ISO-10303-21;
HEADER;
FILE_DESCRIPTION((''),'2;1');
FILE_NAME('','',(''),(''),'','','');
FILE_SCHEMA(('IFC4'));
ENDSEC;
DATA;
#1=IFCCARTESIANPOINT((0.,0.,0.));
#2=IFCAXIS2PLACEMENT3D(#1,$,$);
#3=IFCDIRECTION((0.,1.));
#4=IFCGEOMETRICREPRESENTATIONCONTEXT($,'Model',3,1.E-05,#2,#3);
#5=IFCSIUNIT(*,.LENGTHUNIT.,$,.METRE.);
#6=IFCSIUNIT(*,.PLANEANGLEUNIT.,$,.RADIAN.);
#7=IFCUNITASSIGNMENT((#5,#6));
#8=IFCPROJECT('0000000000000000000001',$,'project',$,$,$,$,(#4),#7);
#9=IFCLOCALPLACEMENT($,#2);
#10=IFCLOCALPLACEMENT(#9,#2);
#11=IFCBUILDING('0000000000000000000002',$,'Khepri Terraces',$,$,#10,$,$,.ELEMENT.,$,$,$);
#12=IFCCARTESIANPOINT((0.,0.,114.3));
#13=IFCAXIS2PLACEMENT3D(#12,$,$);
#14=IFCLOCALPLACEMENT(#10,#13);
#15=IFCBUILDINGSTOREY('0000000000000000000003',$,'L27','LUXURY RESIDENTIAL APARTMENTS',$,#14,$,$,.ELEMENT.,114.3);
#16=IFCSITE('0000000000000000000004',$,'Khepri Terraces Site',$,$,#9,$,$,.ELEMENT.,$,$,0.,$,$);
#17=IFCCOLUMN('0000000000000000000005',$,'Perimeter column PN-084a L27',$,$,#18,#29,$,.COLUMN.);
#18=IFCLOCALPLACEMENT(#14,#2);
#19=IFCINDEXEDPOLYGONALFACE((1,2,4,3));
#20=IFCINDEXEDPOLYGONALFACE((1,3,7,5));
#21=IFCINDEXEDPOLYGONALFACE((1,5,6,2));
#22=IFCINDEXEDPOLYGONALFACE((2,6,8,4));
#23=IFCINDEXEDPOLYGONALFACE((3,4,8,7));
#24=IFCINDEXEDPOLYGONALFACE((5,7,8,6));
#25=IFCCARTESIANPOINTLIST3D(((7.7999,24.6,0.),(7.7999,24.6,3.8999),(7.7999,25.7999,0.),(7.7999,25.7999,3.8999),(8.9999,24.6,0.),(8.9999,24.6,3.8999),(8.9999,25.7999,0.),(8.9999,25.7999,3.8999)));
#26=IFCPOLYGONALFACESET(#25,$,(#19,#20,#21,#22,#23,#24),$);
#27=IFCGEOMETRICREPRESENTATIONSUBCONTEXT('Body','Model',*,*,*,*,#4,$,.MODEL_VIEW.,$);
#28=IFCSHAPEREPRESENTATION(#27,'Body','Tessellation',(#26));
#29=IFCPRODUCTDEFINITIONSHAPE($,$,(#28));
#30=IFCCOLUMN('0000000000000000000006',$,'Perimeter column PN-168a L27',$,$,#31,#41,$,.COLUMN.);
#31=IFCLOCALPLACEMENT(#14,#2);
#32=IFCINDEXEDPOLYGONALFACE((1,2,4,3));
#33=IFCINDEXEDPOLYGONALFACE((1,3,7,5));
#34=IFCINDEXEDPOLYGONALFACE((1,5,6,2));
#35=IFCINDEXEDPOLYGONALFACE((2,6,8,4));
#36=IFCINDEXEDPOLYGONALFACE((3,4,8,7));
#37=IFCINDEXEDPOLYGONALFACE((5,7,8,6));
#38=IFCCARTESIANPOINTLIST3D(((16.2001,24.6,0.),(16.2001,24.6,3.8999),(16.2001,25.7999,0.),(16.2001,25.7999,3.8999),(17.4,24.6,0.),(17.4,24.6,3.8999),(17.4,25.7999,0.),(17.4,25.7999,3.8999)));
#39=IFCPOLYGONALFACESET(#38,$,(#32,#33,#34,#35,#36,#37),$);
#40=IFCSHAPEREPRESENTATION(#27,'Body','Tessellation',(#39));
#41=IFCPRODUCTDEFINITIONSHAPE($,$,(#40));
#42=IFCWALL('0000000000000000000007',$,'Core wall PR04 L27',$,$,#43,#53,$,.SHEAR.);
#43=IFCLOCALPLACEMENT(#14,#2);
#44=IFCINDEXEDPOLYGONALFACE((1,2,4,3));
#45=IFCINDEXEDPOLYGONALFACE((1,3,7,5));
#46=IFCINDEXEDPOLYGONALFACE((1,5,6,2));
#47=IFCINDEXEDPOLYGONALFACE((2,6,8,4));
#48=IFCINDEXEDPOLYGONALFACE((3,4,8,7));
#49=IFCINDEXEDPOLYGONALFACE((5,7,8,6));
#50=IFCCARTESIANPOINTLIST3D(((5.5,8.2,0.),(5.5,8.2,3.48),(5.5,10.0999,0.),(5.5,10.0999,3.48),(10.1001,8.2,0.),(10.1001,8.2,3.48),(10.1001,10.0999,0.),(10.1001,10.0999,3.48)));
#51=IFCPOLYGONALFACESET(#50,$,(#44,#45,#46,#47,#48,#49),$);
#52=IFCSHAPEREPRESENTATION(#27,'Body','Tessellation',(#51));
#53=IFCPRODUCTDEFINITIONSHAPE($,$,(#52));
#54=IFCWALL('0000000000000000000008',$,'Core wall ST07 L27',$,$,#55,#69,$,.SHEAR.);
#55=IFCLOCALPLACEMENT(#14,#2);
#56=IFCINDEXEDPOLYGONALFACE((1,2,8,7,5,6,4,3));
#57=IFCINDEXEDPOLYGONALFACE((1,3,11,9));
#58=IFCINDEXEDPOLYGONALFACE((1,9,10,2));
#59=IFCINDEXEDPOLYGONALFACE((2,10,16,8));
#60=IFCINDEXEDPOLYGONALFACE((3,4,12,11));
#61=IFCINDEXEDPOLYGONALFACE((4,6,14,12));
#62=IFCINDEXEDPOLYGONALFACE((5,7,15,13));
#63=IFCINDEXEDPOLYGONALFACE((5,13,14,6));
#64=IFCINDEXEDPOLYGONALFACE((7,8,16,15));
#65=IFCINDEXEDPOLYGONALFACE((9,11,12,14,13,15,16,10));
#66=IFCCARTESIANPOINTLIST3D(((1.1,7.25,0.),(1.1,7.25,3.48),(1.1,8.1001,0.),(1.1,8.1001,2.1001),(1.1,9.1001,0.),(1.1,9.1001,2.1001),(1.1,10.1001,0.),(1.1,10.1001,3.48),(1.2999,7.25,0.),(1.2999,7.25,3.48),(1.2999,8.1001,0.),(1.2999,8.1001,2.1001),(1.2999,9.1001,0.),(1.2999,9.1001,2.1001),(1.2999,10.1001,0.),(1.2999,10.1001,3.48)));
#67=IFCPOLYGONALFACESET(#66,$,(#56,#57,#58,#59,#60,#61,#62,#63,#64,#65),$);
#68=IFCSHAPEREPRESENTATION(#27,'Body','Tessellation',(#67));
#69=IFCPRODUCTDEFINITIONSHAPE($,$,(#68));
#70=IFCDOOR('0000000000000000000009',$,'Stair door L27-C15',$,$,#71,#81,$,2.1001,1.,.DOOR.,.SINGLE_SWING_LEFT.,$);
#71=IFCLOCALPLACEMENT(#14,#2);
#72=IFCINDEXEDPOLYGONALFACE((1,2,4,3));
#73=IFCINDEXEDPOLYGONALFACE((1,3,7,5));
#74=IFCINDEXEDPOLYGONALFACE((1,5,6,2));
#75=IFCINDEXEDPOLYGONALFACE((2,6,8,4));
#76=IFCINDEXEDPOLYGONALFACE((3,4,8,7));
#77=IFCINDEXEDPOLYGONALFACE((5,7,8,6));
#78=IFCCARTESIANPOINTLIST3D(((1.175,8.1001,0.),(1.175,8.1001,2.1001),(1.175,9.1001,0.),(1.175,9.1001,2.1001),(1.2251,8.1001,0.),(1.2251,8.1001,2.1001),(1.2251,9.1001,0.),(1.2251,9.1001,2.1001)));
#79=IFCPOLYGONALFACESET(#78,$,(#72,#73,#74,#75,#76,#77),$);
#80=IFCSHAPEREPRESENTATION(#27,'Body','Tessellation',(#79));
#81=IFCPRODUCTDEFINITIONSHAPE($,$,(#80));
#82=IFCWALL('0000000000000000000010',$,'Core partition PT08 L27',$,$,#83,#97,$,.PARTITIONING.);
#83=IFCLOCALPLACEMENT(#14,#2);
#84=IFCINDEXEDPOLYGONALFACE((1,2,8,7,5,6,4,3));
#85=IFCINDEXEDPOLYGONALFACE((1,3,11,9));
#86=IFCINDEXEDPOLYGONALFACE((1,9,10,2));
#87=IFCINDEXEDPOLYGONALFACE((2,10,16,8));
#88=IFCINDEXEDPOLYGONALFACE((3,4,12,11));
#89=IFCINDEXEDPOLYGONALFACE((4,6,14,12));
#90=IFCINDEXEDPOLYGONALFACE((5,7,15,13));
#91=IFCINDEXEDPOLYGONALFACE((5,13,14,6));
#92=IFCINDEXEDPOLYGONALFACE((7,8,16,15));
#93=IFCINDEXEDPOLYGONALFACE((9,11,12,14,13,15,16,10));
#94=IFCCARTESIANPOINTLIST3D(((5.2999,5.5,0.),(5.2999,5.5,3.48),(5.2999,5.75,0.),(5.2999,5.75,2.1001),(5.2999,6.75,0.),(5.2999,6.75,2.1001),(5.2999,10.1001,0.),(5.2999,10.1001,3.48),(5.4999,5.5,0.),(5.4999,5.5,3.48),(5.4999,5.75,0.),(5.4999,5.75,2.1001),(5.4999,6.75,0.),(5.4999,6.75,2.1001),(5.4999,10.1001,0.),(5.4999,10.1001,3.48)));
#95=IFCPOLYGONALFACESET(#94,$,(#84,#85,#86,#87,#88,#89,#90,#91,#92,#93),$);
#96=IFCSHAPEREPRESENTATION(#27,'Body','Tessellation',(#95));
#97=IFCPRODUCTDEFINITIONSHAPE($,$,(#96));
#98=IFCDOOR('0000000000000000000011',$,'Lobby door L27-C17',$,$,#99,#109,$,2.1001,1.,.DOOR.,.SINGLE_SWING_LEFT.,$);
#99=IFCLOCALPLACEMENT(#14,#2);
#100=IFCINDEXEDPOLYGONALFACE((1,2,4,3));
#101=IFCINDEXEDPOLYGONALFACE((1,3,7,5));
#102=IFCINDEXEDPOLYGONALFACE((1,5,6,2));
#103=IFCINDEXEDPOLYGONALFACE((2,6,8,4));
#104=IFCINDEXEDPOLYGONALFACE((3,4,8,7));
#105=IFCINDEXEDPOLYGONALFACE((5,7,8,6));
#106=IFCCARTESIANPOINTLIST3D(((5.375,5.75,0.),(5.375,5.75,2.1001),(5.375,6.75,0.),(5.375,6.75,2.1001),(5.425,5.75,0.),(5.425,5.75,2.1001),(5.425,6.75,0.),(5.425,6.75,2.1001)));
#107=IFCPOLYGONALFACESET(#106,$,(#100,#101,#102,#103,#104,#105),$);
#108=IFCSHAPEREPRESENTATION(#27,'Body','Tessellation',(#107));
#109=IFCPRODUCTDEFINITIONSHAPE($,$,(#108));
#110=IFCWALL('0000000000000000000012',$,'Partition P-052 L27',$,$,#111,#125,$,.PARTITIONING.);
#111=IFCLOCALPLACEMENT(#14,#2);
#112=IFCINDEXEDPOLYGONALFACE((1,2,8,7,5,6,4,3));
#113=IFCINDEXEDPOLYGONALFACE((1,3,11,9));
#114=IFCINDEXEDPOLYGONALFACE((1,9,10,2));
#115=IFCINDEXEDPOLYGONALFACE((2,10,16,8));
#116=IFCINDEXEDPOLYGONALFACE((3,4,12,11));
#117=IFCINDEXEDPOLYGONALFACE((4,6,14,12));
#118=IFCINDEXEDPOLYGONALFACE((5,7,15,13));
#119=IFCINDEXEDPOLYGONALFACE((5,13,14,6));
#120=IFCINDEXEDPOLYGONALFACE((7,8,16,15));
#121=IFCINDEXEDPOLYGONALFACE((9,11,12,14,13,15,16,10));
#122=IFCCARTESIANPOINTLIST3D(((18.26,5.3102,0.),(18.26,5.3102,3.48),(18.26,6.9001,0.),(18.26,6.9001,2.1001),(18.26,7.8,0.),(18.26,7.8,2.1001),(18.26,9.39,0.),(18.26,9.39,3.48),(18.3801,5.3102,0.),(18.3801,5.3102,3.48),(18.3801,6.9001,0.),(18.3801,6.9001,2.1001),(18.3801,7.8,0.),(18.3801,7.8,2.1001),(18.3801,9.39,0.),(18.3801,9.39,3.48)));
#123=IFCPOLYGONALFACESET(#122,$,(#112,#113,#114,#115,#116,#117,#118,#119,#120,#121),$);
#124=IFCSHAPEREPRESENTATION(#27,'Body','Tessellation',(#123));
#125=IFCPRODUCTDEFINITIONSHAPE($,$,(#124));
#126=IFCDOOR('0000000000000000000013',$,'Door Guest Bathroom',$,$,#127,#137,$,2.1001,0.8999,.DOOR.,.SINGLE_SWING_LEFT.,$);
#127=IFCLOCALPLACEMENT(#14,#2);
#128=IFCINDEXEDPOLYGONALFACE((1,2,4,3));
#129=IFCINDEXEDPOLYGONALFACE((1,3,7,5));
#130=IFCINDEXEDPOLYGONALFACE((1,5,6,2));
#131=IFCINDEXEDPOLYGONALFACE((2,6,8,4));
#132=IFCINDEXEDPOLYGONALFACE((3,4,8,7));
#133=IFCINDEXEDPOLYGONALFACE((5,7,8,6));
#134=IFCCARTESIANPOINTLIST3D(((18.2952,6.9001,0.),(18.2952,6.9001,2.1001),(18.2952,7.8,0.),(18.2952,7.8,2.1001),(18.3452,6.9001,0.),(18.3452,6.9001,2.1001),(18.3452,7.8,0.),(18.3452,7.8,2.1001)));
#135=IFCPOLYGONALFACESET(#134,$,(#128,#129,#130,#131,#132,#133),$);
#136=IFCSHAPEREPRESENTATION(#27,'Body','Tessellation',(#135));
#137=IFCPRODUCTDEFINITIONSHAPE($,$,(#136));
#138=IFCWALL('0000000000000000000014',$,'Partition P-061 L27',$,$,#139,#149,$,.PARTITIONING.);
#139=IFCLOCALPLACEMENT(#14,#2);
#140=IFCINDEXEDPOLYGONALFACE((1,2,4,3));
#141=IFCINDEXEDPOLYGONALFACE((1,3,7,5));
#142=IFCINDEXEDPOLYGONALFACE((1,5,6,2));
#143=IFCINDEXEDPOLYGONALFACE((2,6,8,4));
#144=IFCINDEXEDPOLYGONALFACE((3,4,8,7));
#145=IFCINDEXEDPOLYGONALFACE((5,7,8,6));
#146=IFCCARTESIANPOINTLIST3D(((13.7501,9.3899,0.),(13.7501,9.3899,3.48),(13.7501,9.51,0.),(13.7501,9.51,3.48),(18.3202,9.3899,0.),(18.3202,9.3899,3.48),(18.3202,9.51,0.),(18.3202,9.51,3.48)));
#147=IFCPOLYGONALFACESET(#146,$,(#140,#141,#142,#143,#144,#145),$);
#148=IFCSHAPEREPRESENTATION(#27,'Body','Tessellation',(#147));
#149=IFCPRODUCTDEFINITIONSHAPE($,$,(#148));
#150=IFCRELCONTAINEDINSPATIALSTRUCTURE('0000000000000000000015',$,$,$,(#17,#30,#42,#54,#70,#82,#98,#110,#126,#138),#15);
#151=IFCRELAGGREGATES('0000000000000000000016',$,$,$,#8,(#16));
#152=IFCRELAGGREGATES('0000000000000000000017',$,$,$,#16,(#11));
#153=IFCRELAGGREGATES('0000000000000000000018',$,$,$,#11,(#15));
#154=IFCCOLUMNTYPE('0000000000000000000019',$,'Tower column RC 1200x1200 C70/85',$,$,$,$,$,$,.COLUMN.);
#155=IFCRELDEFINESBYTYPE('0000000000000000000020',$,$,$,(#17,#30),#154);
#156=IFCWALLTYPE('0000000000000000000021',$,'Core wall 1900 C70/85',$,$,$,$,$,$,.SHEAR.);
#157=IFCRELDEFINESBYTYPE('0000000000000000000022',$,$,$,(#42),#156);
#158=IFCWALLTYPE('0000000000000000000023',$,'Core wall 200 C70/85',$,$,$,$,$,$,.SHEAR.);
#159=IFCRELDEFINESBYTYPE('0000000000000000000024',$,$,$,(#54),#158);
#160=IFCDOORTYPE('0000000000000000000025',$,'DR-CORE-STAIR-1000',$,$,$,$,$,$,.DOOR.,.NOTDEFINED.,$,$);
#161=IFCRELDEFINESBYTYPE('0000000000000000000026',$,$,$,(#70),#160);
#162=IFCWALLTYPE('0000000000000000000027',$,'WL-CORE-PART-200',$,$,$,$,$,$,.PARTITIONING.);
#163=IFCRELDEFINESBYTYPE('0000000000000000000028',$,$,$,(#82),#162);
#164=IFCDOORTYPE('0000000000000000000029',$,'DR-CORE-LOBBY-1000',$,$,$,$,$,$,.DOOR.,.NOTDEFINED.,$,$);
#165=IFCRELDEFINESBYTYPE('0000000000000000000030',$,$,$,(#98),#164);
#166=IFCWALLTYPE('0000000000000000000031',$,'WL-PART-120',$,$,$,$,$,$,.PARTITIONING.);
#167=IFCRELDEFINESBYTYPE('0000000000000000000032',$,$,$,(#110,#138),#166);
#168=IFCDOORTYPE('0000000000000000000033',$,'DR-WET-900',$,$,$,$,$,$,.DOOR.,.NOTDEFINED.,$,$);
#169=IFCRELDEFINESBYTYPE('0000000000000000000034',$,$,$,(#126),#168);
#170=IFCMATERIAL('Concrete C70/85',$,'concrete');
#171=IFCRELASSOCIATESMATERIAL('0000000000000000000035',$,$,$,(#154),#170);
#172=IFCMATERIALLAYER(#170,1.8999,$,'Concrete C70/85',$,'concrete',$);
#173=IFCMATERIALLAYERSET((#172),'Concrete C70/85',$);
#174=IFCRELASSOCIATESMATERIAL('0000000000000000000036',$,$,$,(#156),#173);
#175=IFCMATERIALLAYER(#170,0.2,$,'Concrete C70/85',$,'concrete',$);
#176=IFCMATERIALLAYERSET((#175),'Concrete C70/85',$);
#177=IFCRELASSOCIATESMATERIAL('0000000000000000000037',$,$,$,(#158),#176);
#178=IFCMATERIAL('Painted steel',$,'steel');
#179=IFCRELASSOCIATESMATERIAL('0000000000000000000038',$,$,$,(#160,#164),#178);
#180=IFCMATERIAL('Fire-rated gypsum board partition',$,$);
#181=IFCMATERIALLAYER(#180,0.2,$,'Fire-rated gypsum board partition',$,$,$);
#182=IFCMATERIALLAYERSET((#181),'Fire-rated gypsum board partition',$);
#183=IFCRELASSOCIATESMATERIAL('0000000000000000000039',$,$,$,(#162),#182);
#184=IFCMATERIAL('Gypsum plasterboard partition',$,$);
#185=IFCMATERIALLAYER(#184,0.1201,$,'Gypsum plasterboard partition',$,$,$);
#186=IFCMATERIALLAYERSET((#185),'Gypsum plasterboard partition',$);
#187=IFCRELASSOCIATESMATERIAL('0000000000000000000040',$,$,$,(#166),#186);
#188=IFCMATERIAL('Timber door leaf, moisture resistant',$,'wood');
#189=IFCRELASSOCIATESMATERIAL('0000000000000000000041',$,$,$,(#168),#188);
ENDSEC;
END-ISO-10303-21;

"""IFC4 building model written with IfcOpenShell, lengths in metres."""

from ifc_helpers import new_model, si_unit, direction, frame, frame_2d, origin, origin_2d, place, context, subcontext, project, spatial, rectangle, extrude, material, layer, layer_set, material_profile, profile_set, type_object, element, fill, save


model = new_model("IFC4")

# Units and contexts
model_context = context("Model", 3, precision=1e-05, world=origin(), true_north=direction((0.0, 1.0)))
body_context = subcontext(model_context, "Body", "Model", "MODEL_VIEW")
ifc_project = project(units=[si_unit("LENGTHUNIT", "METRE"), si_unit("PLANEANGLEUNIT", "RADIAN")], contexts=[model_context])

# Site, building, storey
site_placement = place(None, origin())
site = spatial("IfcSite", under=ifc_project, at=site_placement, Name="Khepri Terraces Site", CompositionType="ELEMENT", RefElevation=0.0)
building_placement = place(site_placement, origin())
building = spatial("IfcBuilding", under=site, at=building_placement, Name="Khepri Terraces", CompositionType="ELEMENT")
storey_placement = place(building_placement, frame((0.0, 0.0, 114.3)))
storey = spatial("IfcBuildingStorey", under=building, at=storey_placement, Name="L27", Description="LUXURY RESIDENTIAL APARTMENTS", CompositionType="ELEMENT", Elevation=114.3)

# Columns
ifc_material_1 = material(Name="Concrete C70/85", Category="concrete")
ifc_material_profile = material_profile(ifc_material_1, rectangle(XDim=1.2, YDim=1.2, at=origin_2d()), Name="Concrete C70/85", Category="concrete")
ifc_profile_set = profile_set([ifc_material_profile], Name="Concrete C70/85")
column_type = type_object("IfcColumnType", Name="Tower column RC 1200x1200 C70/85", PredefinedType="COLUMN", material=ifc_profile_set)
for number, where, z_axis, x_axis, name in (
    (1, (8.3999, 25.2, 0.0), (0.0, 0.0, 1.0), (1.0, 0.0, 0.0), "Perimeter column PN-084a L27"),
    (2, (16.8, 25.2, 0.0), (0.0, 0.0, 1.0), (1.0, 0.0, 0.0), "Perimeter column PN-168a L27"),
):
    element("IfcColumn", number, at=place(storey_placement, frame(where, z_axis=z_axis, x_axis=x_axis)), inside=storey, type_object=column_type, Name=name, PredefinedType="COLUMN", context=body_context, shape_type="SweptSolid", body=[
        extrude(rectangle(XDim=1.2, YDim=1.2, at=origin_2d()), origin(), (0.0, 0.0, 1.0), 3.8999),
    ])

# Wall
ifc_layer_1 = layer(ifc_material_1, 1.8999, Name="Concrete C70/85", Category="concrete")
ifc_layer_set_1 = layer_set([ifc_layer_1], Name="Concrete C70/85")
wall_type_1 = type_object("IfcWallType", Name="Core wall 1900 C70/85", PredefinedType="SHEAR", material=ifc_layer_set_1)
wall_1_placement = place(storey_placement, frame((5.5, 9.1499, 0.0), z_axis=(0.0, 0.0, 1.0), x_axis=(1.0, 0.0, 0.0)))
element("IfcWall", 3, at=wall_1_placement, inside=storey, type_object=wall_type_1, Name="Core wall PR04 L27", PredefinedType="SHEAR", context=body_context, shape_type="SweptSolid", body=[
    extrude(rectangle(XDim=4.6001, YDim=1.8999, at=frame_2d((2.3, 0.0))), origin(), (0.0, 0.0, 1.0), 3.48),
])

# Walls, openings, doors
ifc_layer_2 = layer(ifc_material_1, 0.2, Name="Concrete C70/85", Category="concrete")
ifc_layer_set_2 = layer_set([ifc_layer_2], Name="Concrete C70/85")
wall_type_2 = type_object("IfcWallType", Name="Core wall 200 C70/85", PredefinedType="SHEAR", material=ifc_layer_set_2)
wall_2_placement = place(storey_placement, frame((1.2, 7.25, 0.0), z_axis=(0.0, 0.0, 1.0), x_axis=(0.0, 1.0, 0.0)))
wall_2 = element("IfcWall", 4, at=wall_2_placement, inside=storey, type_object=wall_type_2, Name="Core wall ST07 L27", PredefinedType="SHEAR", context=body_context, shape_type="SweptSolid", body=[
    extrude(rectangle(XDim=2.8501, YDim=0.2, at=frame_2d((1.425, 0.0))), origin(), (0.0, 0.0, 1.0), 3.48),
])
opening_1_placement = place(wall_2_placement, frame((0.8501, 0.0, 0.0)))
opening_1 = element("IfcOpeningElement", 5, at=opening_1_placement, cuts=wall_2, PredefinedType="OPENING", context=body_context, shape_type="SweptSolid", body=[
    extrude(rectangle(XDim=1.0, YDim=2.1001, at=frame_2d((0.5, 1.05))), frame((0.0, 0.1099, 0.0), z_axis=(0.0, -1.0, 0.0), x_axis=(1.0, 0.0, 0.0)), (0.0, 0.0, 1.0), 0.22),
])
ifc_material_2 = material(Name="Painted steel", Category="steel")
door_type_1 = type_object("IfcDoorType", Name="DR-CORE-STAIR-1000", OperationType="NOTDEFINED", PredefinedType="DOOR", material=ifc_material_2)
door_1_placement = place(opening_1_placement, origin())
door_1 = element("IfcDoor", 6, at=door_1_placement, inside=storey, type_object=door_type_1, Name="Stair door L27-C15", OperationType="SINGLE_SWING_LEFT", OverallHeight=2.1001, OverallWidth=1.0, PredefinedType="DOOR", context=body_context, shape_type="SweptSolid", body=[
    extrude(rectangle(XDim=1.0, YDim=2.1001, at=frame_2d((0.5, 1.05))), frame((0.0, 0.0249, 0.0), z_axis=(0.0, -1.0, 0.0), x_axis=(1.0, 0.0, 0.0)), (0.0, 0.0, 1.0), 0.05),
])
fill(opening_1, door_1)
ifc_material_3 = material(Name="Fire-rated gypsum board partition")
ifc_layer_3 = layer(ifc_material_3, 0.2, Name="Fire-rated gypsum board partition")
ifc_layer_set_3 = layer_set([ifc_layer_3], Name="Fire-rated gypsum board partition")
wall_type_3 = type_object("IfcWallType", Name="WL-CORE-PART-200", PredefinedType="PARTITIONING", material=ifc_layer_set_3)
wall_3_placement = place(storey_placement, frame((5.3999, 5.5, 0.0), z_axis=(0.0, 0.0, 1.0), x_axis=(0.0, 1.0, 0.0)))
wall_3 = element("IfcWall", 7, at=wall_3_placement, inside=storey, type_object=wall_type_3, Name="Core partition PT08 L27", PredefinedType="PARTITIONING", context=body_context, shape_type="SweptSolid", body=[
    extrude(rectangle(XDim=4.6001, YDim=0.2, at=frame_2d((2.3, 0.0))), origin(), (0.0, 0.0, 1.0), 3.48),
])
opening_2_placement = place(wall_3_placement, frame((0.25, 0.0, 0.0)))
opening_2 = element("IfcOpeningElement", 8, at=opening_2_placement, cuts=wall_3, PredefinedType="OPENING", context=body_context, shape_type="SweptSolid", body=[
    extrude(rectangle(XDim=1.0, YDim=2.1001, at=frame_2d((0.5, 1.05))), frame((0.0, 0.1099, 0.0), z_axis=(0.0, -1.0, 0.0), x_axis=(1.0, 0.0, 0.0)), (0.0, 0.0, 1.0), 0.22),
])
door_type_2 = type_object("IfcDoorType", Name="DR-CORE-LOBBY-1000", OperationType="NOTDEFINED", PredefinedType="DOOR", material=ifc_material_2)
door_2_placement = place(opening_2_placement, origin())
door_2 = element("IfcDoor", 9, at=door_2_placement, inside=storey, type_object=door_type_2, Name="Lobby door L27-C17", OperationType="SINGLE_SWING_LEFT", OverallHeight=2.1001, OverallWidth=1.0, PredefinedType="DOOR", context=body_context, shape_type="SweptSolid", body=[
    extrude(rectangle(XDim=1.0, YDim=2.1001, at=frame_2d((0.5, 1.05))), frame((0.0, 0.0249, 0.0), z_axis=(0.0, -1.0, 0.0), x_axis=(1.0, 0.0, 0.0)), (0.0, 0.0, 1.0), 0.05),
])
fill(opening_2, door_2)

# Wall, opening, door
ifc_material_4 = material(Name="Gypsum plasterboard partition")
ifc_layer_4 = layer(ifc_material_4, 0.1201, Name="Gypsum plasterboard partition")
ifc_layer_set_4 = layer_set([ifc_layer_4], Name="Gypsum plasterboard partition")
wall_type_4 = type_object("IfcWallType", Name="WL-PART-120", PredefinedType="PARTITIONING", material=ifc_layer_set_4)
wall_4_placement = place(storey_placement, frame((18.3201, 5.3101, 0.0), z_axis=(0.0, 0.0, 1.0), x_axis=(0.0, 1.0, 0.0)))
wall_4 = element("IfcWall", 10, at=wall_4_placement, inside=storey, type_object=wall_type_4, Name="Partition P-052 L27", PredefinedType="PARTITIONING", context=body_context, shape_type="SweptSolid", body=[
    extrude(rectangle(XDim=4.0798, YDim=0.1201, at=frame_2d((2.04, 0.0))), origin(), (0.0, 0.0, 1.0), 3.48),
])
opening_3_placement = place(wall_4_placement, frame((1.5901, 0.0, 0.0)))
opening_3 = element("IfcOpeningElement", 11, at=opening_3_placement, cuts=wall_4, PredefinedType="OPENING", context=body_context, shape_type="SweptSolid", body=[
    extrude(rectangle(XDim=0.8999, YDim=2.1001, at=frame_2d((0.45, 1.05))), frame((0.0, 0.0701, 0.0), z_axis=(0.0, -1.0, 0.0), x_axis=(1.0, 0.0, 0.0)), (0.0, 0.0, 1.0), 0.1401),
])
ifc_material_5 = material(Name="Timber door leaf, moisture resistant", Category="wood")
door_type_3 = type_object("IfcDoorType", Name="DR-WET-900", OperationType="NOTDEFINED", PredefinedType="DOOR", material=ifc_material_5)
door_3_placement = place(opening_3_placement, origin())
door_3 = element("IfcDoor", 12, at=door_3_placement, inside=storey, type_object=door_type_3, Name="Door Guest Bathroom", OperationType="SINGLE_SWING_LEFT", OverallHeight=2.1001, OverallWidth=0.8999, PredefinedType="DOOR", context=body_context, shape_type="SweptSolid", body=[
    extrude(rectangle(XDim=0.8999, YDim=2.1001, at=frame_2d((0.45, 1.05))), frame((0.0, 0.0249, 0.0), z_axis=(0.0, -1.0, 0.0), x_axis=(1.0, 0.0, 0.0)), (0.0, 0.0, 1.0), 0.05),
])
fill(opening_3, door_3)

# Wall
wall_5_placement = place(storey_placement, frame((13.75, 9.45, 0.0), z_axis=(0.0, 0.0, 1.0), x_axis=(1.0, 0.0, 0.0)))
element("IfcWall", 13, at=wall_5_placement, inside=storey, type_object=wall_type_4, Name="Partition P-061 L27", PredefinedType="PARTITIONING", context=body_context, shape_type="SweptSolid", body=[
    extrude(rectangle(XDim=4.5701, YDim=0.1201, at=frame_2d((2.2852, 0.0))), origin(), (0.0, 0.0, 1.0), 3.48),
])

save(model, "model.ifc")
